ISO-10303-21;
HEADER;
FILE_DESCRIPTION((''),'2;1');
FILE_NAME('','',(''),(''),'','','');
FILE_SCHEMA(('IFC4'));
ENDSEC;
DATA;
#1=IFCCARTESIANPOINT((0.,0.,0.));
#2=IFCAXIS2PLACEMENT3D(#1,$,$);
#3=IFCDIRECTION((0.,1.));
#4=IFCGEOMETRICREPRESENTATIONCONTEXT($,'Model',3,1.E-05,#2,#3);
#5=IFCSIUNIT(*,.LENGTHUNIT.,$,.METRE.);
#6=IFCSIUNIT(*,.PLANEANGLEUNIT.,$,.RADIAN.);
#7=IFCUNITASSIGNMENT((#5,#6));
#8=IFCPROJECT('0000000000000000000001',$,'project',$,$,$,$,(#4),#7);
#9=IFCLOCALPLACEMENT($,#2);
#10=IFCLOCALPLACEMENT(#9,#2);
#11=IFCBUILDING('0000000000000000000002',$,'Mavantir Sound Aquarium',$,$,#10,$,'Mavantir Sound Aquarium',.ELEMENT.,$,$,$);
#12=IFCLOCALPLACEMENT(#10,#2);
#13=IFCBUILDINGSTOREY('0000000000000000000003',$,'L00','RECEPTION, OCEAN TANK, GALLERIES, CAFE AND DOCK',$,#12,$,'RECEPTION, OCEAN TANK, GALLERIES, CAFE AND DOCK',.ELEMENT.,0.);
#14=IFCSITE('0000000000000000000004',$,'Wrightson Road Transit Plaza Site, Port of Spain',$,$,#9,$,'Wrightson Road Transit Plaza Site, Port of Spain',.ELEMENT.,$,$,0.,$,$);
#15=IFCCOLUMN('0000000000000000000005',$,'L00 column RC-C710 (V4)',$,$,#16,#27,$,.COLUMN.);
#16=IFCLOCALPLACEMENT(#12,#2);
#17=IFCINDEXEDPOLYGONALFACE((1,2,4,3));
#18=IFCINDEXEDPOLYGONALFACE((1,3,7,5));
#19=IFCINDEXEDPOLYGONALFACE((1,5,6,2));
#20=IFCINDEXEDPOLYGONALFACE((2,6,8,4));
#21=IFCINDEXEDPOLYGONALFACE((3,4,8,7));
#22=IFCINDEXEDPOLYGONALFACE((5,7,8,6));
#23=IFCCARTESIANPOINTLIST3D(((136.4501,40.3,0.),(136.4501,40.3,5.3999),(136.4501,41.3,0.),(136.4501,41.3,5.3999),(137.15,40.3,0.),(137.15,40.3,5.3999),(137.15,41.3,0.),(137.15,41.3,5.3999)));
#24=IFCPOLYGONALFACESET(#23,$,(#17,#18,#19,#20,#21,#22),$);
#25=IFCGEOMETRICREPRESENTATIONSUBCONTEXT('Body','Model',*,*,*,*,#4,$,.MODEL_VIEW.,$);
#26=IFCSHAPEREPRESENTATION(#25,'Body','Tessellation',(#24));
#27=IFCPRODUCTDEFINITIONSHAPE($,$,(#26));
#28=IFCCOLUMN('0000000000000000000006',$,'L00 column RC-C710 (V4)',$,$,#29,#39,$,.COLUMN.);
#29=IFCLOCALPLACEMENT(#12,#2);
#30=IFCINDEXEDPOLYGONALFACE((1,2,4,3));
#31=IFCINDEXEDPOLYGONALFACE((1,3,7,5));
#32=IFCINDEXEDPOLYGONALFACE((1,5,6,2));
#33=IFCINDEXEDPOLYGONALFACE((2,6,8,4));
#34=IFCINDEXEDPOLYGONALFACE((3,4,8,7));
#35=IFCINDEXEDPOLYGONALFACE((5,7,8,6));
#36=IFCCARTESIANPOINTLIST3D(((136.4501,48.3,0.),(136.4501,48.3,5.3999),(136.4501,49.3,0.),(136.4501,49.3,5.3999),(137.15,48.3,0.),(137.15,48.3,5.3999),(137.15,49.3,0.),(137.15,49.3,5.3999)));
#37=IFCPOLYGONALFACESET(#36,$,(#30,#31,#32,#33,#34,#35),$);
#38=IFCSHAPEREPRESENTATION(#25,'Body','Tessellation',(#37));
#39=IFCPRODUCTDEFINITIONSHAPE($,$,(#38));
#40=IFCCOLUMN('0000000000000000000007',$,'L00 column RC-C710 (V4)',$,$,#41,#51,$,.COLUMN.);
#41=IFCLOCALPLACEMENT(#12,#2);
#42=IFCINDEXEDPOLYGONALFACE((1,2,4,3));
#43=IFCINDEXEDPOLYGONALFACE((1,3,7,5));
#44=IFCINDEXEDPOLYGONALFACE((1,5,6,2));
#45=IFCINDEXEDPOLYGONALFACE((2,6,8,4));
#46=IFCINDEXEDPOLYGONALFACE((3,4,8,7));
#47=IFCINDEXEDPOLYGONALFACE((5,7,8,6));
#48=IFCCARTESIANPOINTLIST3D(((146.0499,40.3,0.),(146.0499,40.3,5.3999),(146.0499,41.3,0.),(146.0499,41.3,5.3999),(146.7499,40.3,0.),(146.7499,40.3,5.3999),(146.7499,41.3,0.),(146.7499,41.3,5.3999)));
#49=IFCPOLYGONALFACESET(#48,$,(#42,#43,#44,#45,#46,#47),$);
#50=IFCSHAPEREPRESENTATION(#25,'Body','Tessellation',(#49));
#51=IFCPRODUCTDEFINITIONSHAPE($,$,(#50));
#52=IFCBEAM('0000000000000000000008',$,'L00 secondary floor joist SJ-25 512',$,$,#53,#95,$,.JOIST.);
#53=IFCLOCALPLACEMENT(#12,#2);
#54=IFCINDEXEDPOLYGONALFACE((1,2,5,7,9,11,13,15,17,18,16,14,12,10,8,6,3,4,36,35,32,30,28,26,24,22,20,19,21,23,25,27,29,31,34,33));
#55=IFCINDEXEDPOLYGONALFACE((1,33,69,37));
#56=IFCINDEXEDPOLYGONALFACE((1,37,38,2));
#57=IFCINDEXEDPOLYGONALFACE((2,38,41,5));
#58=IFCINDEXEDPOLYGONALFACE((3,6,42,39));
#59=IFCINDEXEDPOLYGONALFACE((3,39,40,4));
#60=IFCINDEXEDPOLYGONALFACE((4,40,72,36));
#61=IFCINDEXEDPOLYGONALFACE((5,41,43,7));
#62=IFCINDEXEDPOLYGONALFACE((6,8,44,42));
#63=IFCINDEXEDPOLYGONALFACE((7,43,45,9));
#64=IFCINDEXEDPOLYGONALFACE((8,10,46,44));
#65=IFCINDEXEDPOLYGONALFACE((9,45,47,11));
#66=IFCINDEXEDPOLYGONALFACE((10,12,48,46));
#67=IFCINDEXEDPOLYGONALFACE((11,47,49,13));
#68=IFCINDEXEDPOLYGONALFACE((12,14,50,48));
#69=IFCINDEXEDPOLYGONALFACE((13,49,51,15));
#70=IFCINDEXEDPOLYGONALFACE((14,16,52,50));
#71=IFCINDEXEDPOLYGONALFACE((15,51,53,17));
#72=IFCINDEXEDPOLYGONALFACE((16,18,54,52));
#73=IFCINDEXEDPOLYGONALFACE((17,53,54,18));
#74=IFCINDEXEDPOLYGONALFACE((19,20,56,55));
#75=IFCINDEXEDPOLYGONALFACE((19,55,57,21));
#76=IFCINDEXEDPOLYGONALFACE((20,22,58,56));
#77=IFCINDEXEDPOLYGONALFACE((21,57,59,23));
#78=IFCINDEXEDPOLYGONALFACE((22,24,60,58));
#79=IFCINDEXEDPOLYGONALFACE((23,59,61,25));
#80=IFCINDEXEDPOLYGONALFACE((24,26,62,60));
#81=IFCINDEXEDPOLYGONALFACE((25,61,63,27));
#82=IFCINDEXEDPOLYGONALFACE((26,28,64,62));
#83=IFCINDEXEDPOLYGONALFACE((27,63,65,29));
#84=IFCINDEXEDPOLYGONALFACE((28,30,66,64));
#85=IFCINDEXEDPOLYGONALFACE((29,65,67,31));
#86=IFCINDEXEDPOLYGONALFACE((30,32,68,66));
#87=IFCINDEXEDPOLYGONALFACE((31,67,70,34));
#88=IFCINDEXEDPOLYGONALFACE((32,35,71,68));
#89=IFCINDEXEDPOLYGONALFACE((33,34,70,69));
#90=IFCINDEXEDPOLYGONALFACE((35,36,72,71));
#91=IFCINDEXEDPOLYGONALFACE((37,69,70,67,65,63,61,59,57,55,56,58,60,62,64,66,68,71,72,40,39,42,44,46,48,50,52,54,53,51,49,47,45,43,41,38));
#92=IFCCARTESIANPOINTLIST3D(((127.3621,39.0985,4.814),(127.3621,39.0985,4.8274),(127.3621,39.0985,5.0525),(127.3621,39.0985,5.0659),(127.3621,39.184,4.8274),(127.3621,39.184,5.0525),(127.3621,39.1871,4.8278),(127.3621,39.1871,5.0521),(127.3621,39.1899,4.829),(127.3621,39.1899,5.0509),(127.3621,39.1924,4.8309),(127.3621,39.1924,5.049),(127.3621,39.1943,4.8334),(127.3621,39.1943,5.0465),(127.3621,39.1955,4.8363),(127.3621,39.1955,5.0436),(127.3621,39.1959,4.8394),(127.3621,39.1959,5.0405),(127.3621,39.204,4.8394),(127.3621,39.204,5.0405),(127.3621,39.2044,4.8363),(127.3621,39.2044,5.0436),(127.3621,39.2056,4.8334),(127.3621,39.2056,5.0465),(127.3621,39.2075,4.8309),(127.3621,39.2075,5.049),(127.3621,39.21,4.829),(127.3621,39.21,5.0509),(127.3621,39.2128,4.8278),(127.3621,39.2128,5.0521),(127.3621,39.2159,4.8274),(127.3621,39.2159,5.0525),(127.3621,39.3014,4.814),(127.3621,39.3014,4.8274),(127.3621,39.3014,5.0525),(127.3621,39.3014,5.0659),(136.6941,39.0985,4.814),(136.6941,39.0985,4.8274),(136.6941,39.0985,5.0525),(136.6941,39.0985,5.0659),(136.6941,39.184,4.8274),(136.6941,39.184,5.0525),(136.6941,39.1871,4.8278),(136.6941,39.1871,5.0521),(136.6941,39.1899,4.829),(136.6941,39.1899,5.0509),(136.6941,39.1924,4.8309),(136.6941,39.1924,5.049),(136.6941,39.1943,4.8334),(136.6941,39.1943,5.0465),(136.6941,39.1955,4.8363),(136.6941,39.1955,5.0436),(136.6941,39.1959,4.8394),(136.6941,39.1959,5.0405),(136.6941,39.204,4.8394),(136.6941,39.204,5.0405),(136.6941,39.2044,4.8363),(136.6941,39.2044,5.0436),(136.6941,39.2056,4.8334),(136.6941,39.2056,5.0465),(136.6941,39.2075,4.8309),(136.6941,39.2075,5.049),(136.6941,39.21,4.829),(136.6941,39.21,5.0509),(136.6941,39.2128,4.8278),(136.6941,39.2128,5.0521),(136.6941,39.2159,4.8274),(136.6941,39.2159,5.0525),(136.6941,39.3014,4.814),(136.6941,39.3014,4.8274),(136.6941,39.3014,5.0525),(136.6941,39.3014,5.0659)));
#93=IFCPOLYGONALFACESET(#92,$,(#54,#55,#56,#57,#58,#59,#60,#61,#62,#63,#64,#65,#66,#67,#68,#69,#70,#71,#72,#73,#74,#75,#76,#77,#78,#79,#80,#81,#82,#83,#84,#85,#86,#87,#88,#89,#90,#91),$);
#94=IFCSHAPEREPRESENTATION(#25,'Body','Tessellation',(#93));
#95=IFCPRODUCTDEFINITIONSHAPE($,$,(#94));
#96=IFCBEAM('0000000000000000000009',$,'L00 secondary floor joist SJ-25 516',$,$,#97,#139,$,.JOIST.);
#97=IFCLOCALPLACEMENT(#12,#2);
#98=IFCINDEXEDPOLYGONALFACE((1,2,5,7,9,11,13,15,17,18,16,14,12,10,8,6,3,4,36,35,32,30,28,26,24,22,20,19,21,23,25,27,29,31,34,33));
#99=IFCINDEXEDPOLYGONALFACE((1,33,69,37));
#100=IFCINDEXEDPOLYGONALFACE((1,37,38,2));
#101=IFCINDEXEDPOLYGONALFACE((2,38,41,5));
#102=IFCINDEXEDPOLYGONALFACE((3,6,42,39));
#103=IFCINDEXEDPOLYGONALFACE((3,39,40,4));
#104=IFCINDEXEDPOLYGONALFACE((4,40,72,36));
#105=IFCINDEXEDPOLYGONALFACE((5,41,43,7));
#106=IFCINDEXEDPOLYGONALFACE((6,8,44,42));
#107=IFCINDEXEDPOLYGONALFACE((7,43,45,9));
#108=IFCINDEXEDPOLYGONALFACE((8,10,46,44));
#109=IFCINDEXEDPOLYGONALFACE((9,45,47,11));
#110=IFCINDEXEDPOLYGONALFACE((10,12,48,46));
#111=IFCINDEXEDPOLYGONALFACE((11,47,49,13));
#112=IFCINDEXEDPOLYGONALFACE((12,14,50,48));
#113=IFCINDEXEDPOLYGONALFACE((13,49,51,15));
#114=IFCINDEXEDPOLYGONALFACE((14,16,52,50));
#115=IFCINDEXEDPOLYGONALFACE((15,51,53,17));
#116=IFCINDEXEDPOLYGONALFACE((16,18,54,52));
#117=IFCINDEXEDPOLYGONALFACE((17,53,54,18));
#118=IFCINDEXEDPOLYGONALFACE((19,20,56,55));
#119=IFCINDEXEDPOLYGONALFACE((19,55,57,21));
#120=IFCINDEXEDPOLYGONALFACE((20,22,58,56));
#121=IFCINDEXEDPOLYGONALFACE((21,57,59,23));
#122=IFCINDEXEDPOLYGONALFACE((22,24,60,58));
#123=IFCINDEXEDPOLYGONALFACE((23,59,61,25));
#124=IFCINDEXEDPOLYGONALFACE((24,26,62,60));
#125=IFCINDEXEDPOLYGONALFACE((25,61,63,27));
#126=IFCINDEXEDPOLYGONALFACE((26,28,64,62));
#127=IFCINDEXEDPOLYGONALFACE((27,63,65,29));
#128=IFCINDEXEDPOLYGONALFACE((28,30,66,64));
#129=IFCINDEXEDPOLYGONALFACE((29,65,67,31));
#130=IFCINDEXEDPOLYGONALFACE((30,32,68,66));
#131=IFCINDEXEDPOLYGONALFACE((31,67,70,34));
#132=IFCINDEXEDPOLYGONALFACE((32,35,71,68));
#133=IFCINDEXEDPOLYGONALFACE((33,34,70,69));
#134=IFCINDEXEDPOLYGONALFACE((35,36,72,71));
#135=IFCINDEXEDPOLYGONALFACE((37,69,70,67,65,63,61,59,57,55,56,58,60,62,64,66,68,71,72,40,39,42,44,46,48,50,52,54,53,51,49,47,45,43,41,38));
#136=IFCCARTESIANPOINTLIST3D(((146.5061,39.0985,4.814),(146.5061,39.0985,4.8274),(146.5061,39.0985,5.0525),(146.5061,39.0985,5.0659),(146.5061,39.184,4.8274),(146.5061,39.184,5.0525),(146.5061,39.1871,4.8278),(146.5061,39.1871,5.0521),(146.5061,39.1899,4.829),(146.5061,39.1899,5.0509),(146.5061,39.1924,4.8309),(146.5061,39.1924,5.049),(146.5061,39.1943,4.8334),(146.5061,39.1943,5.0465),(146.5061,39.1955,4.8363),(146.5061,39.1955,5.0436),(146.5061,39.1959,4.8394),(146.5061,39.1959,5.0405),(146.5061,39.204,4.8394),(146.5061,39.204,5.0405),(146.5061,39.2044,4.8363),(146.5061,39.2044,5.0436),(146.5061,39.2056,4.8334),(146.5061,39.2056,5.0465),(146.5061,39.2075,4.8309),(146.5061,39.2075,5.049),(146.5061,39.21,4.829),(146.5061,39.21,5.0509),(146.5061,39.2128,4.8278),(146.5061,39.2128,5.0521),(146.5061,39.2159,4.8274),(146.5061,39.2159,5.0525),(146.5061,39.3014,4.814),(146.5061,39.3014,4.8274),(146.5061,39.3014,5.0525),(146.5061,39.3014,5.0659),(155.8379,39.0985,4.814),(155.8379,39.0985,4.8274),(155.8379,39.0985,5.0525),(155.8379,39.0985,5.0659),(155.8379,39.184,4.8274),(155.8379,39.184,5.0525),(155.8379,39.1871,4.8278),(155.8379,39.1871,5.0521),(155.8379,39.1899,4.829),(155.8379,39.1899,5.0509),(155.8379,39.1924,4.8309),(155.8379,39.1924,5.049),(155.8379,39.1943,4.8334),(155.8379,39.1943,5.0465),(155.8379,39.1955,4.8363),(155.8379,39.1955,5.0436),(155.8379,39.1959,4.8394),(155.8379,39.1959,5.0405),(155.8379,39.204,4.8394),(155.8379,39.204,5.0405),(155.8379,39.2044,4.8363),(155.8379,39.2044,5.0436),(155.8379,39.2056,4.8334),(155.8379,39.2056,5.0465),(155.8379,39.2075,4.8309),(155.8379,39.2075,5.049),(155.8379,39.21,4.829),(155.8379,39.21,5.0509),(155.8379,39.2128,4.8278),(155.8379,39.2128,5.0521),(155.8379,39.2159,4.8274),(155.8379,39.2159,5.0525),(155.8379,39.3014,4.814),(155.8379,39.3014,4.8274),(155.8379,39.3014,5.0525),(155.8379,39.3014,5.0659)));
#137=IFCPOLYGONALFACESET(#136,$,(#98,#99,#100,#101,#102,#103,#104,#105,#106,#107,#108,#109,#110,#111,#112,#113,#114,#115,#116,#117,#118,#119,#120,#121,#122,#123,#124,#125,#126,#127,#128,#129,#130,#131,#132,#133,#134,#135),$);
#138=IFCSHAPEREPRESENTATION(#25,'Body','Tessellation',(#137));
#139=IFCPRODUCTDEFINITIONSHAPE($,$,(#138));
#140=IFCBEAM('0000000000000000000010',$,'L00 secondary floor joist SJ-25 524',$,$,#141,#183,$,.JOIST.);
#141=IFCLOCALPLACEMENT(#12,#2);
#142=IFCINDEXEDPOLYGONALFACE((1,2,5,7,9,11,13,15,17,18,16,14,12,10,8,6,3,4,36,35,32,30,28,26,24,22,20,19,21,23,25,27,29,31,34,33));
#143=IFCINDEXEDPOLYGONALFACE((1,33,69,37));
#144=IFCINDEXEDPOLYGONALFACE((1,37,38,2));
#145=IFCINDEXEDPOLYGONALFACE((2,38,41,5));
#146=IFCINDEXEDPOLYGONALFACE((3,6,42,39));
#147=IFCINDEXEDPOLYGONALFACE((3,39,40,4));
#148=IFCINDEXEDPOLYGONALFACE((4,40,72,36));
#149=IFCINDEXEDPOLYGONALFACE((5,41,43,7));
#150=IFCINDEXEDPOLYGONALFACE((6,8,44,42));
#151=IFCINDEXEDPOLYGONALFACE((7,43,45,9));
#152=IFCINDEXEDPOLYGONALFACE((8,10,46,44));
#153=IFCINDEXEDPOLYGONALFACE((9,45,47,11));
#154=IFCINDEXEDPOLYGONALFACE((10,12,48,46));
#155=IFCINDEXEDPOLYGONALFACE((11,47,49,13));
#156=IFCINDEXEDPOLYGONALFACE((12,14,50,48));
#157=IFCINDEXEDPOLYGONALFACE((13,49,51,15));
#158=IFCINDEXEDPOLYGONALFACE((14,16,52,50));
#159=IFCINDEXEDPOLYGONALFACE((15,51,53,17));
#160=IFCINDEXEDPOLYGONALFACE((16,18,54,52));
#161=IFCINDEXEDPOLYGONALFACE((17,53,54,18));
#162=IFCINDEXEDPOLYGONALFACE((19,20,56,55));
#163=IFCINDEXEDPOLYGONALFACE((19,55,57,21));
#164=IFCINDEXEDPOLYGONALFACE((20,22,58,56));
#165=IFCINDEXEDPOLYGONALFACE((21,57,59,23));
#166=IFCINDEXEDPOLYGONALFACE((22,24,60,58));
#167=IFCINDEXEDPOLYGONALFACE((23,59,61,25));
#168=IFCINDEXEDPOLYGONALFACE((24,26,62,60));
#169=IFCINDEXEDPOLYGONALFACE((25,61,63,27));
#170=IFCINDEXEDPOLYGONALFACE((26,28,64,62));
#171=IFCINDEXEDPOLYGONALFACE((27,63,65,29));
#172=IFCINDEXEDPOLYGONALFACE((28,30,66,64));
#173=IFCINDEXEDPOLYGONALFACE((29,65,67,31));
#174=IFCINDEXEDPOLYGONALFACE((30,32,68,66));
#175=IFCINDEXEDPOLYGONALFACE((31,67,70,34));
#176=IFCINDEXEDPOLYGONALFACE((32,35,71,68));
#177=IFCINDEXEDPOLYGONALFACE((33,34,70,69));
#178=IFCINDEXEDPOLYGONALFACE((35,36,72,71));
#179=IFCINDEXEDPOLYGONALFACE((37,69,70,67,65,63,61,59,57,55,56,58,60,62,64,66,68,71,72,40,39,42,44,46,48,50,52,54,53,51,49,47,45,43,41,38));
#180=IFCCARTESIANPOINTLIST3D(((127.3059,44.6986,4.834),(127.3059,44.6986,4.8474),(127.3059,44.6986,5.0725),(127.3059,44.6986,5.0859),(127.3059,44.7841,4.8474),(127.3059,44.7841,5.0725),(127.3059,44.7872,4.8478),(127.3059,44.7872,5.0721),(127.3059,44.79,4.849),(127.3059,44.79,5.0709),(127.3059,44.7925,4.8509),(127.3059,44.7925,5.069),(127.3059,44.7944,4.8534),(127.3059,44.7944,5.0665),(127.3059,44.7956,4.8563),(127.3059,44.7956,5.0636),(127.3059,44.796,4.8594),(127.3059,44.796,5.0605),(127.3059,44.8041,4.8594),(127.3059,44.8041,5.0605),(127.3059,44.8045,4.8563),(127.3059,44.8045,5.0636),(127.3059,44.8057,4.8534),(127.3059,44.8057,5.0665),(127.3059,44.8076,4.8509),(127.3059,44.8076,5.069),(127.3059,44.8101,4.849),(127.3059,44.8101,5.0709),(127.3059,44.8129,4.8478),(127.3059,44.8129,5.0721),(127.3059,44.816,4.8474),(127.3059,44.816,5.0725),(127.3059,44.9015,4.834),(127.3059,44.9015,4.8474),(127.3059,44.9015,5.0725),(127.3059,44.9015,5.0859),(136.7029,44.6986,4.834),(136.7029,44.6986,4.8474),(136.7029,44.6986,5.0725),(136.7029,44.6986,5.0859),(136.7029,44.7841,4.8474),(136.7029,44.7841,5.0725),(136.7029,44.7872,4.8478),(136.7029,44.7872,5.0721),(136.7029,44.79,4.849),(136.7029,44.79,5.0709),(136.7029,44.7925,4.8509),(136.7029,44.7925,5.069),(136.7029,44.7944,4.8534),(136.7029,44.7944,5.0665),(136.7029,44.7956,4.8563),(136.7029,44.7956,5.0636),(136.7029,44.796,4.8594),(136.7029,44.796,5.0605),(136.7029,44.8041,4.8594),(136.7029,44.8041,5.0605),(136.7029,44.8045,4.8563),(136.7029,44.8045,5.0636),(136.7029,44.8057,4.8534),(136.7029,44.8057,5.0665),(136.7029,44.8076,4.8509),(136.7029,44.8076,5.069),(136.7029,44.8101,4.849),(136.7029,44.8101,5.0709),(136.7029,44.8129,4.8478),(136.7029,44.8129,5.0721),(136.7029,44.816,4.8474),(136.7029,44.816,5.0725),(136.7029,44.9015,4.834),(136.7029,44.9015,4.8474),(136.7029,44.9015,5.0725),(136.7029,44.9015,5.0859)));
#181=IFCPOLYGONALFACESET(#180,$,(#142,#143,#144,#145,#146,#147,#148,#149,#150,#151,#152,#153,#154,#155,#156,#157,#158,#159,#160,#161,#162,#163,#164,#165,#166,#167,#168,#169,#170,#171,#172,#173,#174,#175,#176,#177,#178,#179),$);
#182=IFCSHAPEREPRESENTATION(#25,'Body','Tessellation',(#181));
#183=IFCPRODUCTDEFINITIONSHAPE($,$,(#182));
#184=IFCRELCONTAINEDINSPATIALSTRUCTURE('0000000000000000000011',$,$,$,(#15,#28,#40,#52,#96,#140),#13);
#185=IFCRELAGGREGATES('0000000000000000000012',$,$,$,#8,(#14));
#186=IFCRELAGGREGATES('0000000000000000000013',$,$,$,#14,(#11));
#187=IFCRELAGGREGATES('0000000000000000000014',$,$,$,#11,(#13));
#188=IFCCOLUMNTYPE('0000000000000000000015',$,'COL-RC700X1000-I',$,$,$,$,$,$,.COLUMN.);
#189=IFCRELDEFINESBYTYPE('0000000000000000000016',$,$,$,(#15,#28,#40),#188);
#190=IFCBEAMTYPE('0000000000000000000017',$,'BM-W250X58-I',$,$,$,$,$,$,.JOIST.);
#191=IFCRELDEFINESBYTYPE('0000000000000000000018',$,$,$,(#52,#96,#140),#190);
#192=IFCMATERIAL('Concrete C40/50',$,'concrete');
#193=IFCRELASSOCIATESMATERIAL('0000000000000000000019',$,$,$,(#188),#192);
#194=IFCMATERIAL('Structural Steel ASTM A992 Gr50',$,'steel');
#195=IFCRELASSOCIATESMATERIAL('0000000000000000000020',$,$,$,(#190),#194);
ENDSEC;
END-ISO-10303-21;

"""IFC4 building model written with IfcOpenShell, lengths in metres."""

from ifc_helpers import new_model, si_unit, direction, frame, origin, origin_2d, place, context, subcontext, project, spatial, rectangle, i_section, extrude, material, material_profile, profile_set, type_object, element, save


model = new_model("IFC4")

# Units and contexts
model_context = context("Model", 3, precision=1e-05, world=origin(), true_north=direction((0.0, 1.0)))
body_context = subcontext(model_context, "Body", "Model", "MODEL_VIEW")
ifc_project = project(units=[si_unit("LENGTHUNIT", "METRE"), si_unit("PLANEANGLEUNIT", "RADIAN")], contexts=[model_context])

# Site, building, storey
site_placement = place(None, origin())
site = spatial("IfcSite", under=ifc_project, at=site_placement, Name="Wrightson Road Transit Plaza Site, Port of Spain", LongName="Wrightson Road Transit Plaza Site, Port of Spain", CompositionType="ELEMENT", RefElevation=0.0)
building_placement = place(site_placement, origin())
building = spatial("IfcBuilding", under=site, at=building_placement, Name="Mavantir Sound Aquarium", LongName="Mavantir Sound Aquarium", CompositionType="ELEMENT")
storey_placement = place(building_placement, origin())
storey = spatial("IfcBuildingStorey", under=building, at=storey_placement, Name="L00", Description="RECEPTION, OCEAN TANK, GALLERIES, CAFE AND DOCK", LongName="RECEPTION, OCEAN TANK, GALLERIES, CAFE AND DOCK", CompositionType="ELEMENT", Elevation=0.0)

# Columns
ifc_material_1 = material(Name="Concrete C40/50", Category="concrete")
ifc_material_profile_1 = material_profile(ifc_material_1, rectangle(XDim=0.7, YDim=1.0, at=origin_2d()), Name="RC 700X1000")
ifc_profile_set_1 = profile_set([ifc_material_profile_1], Name="Concrete C40/50")
column_type = type_object("IfcColumnType", Name="COL-RC700X1000-I", PredefinedType="COLUMN", material=ifc_profile_set_1)
for number, where, z_axis, x_axis, name in (
    (1, (136.8, 40.8, 0.0), (0.0, 0.0, 1.0), (1.0, 0.0, 0.0), "L00 column RC-C710 (V4)"),
    (2, (136.8, 48.8, 0.0), (0.0, 0.0, 1.0), (1.0, 0.0, 0.0), "L00 column RC-C710 (V4)"),
    (3, (146.3999, 40.8, 0.0), (0.0, 0.0, 1.0), (1.0, 0.0, 0.0), "L00 column RC-C710 (V4)"),
):
    element("IfcColumn", number, at=place(storey_placement, frame(where, z_axis=z_axis, x_axis=x_axis)), inside=storey, type_object=column_type, Name=name, PredefinedType="COLUMN", context=body_context, shape_type="SweptSolid", body=[
        extrude(rectangle(XDim=0.7, YDim=1.0, at=origin_2d()), origin(), (0.0, 0.0, 1.0), 5.3999),
    ])

# Beams
ifc_material_2 = material(Name="Structural Steel ASTM A992 Gr50", Category="steel")
ifc_material_profile_2 = material_profile(ifc_material_2, i_section(OverallWidth=0.2029, OverallDepth=0.252, WebThickness=0.0081, FlangeThickness=0.0134, FilletRadius=0.012, at=origin_2d()), Name="W250X58")
ifc_profile_set_2 = profile_set([ifc_material_profile_2], Name="Structural Steel ASTM A992 Gr50")
beam_type_1 = type_object("IfcBeamType", Name="BM-W250X58-I", PredefinedType="JOIST", material=ifc_profile_set_2)
beam_1_placement = place(storey_placement, frame((127.3621, 39.2, 4.9399), z_axis=(1.0, 0.0, 0.0), x_axis=(0.0, 1.0, 0.0)))
element("IfcBeam", 4, at=beam_1_placement, inside=storey, type_object=beam_type_1, Name="L00 secondary floor joist SJ-25 512", PredefinedType="JOIST", context=body_context, shape_type="SweptSolid", body=[
    extrude(i_section(OverallWidth=0.2029, OverallDepth=0.252, WebThickness=0.0081, FlangeThickness=0.0134, FilletRadius=0.012, at=origin_2d()), origin(), (0.0, 0.0, 1.0), 9.332),
])
beam_2_placement = place(storey_placement, frame((146.5061, 39.2, 4.9399), z_axis=(1.0, 0.0, 0.0), x_axis=(0.0, 1.0, 0.0)))
element("IfcBeam", 5, at=beam_2_placement, inside=storey, type_object=beam_type_1, Name="L00 secondary floor joist SJ-25 516", PredefinedType="JOIST", context=body_context, shape_type="SweptSolid", body=[
    extrude(i_section(OverallWidth=0.2029, OverallDepth=0.252, WebThickness=0.0081, FlangeThickness=0.0134, FilletRadius=0.012, at=origin_2d()), origin(), (0.0, 0.0, 1.0), 9.3318),
])
beam_3_placement = place(storey_placement, frame((127.3059, 44.8, 4.96), z_axis=(1.0, 0.0, 0.0), x_axis=(0.0, 1.0, 0.0)))
element("IfcBeam", 6, at=beam_3_placement, inside=storey, type_object=beam_type_1, Name="L00 secondary floor joist SJ-25 524", PredefinedType="JOIST", context=body_context, shape_type="SweptSolid", body=[
    extrude(i_section(OverallWidth=0.2029, OverallDepth=0.252, WebThickness=0.0081, FlangeThickness=0.0134, FilletRadius=0.012, at=origin_2d()), origin(), (0.0, 0.0, 1.0), 9.397),
])

save(model, "model.ifc")
